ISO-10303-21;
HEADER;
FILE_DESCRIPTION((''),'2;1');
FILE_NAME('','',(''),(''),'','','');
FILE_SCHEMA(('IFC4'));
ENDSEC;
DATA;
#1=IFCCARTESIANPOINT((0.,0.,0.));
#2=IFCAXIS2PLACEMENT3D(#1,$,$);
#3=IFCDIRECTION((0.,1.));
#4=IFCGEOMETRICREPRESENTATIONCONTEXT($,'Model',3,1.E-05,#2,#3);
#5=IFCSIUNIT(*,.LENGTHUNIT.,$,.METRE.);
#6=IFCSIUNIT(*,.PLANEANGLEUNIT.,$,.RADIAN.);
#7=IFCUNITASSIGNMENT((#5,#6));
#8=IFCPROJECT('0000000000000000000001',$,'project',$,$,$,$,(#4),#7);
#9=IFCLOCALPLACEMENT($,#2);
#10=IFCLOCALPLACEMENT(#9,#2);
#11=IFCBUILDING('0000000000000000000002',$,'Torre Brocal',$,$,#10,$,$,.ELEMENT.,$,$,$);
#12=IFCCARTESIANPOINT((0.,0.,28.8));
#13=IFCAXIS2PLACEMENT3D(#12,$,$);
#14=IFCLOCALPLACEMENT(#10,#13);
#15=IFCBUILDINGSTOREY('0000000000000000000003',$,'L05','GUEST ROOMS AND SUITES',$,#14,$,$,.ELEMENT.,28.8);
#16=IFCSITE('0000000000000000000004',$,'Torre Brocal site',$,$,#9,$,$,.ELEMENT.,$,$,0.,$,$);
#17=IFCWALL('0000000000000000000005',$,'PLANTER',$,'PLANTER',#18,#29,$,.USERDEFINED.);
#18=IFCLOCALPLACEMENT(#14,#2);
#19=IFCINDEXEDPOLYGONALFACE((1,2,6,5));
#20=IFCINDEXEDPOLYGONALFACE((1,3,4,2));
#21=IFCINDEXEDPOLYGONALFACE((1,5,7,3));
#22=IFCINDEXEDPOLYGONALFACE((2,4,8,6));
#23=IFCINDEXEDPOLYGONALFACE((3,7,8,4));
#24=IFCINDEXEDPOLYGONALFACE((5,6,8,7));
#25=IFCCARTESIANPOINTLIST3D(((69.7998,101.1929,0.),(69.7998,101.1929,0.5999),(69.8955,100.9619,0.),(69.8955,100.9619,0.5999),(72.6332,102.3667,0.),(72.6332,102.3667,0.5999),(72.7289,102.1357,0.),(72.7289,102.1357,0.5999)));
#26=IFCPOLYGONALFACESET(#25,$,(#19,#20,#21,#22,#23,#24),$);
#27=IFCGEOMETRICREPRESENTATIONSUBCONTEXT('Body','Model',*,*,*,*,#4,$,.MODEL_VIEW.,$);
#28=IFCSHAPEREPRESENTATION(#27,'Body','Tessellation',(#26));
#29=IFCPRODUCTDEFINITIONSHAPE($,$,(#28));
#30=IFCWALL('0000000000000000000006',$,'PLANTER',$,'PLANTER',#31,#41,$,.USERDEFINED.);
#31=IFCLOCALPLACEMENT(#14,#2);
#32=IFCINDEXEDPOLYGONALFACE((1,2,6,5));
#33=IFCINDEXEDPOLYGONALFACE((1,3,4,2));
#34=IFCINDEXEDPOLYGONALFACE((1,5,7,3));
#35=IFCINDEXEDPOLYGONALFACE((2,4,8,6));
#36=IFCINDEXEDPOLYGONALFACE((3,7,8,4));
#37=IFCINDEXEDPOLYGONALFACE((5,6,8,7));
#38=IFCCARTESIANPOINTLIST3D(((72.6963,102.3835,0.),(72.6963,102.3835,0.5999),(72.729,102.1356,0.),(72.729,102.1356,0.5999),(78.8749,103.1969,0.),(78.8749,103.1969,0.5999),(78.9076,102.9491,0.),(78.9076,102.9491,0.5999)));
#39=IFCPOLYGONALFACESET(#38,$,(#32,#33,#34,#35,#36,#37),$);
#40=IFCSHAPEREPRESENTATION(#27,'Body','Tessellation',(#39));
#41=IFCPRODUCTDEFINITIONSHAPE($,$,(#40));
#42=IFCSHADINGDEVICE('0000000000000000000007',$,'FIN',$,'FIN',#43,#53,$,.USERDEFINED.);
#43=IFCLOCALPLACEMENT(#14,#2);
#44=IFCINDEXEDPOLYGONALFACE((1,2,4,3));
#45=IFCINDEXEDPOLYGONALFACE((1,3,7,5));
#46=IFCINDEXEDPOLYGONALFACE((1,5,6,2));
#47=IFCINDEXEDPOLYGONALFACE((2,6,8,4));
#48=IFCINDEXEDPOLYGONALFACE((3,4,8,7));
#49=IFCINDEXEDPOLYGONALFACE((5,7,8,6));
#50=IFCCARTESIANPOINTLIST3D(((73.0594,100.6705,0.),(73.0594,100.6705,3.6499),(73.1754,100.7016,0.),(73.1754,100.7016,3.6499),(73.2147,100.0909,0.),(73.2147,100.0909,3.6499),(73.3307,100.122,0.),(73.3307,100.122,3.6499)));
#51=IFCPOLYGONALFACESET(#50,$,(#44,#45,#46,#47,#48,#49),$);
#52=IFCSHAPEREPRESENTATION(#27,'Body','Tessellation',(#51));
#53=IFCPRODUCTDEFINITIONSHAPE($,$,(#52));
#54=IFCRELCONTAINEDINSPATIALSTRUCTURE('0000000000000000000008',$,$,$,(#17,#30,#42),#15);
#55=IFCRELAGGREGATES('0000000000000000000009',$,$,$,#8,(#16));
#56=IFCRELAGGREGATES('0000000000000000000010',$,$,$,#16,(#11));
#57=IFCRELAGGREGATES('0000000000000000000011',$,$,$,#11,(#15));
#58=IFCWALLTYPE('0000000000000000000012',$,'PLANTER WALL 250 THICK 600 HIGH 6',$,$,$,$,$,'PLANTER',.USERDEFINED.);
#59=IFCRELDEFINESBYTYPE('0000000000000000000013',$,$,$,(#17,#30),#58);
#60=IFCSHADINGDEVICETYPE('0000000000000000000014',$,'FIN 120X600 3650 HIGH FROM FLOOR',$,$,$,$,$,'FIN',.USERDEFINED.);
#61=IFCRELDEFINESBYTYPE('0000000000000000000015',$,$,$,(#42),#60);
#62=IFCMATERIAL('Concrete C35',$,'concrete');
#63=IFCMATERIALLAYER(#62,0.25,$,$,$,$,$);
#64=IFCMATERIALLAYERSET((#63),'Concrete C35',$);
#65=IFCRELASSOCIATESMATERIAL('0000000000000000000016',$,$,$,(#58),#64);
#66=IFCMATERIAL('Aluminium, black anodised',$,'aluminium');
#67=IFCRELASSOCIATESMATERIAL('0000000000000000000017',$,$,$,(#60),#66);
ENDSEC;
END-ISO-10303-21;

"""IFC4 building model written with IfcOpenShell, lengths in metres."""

from ifc_helpers import new_model, si_unit, direction, frame, frame_2d, origin, origin_2d, place, context, subcontext, project, spatial, rectangle, extrude, material, layer, layer_set, material_profile, profile_set, type_object, element, save


model = new_model("IFC4")

# Units and contexts
model_context = context("Model", 3, precision=1e-05, world=origin(), true_north=direction((0.0, 1.0)))
body_context = subcontext(model_context, "Body", "Model", "MODEL_VIEW")
ifc_project = project(units=[si_unit("LENGTHUNIT", "METRE"), si_unit("PLANEANGLEUNIT", "RADIAN")], contexts=[model_context])

# Site, building, storey
site_placement = place(None, origin())
site = spatial("IfcSite", under=ifc_project, at=site_placement, Name="Torre Brocal site", CompositionType="ELEMENT", RefElevation=0.0)
building_placement = place(site_placement, origin())
building = spatial("IfcBuilding", under=site, at=building_placement, Name="Torre Brocal", CompositionType="ELEMENT")
storey_placement = place(building_placement, frame((0.0, 0.0, 28.8)))
storey = spatial("IfcBuildingStorey", under=building, at=storey_placement, Name="L05", Description="GUEST ROOMS AND SUITES", CompositionType="ELEMENT", Elevation=28.8)

# Walls
ifc_material_1 = material(Name="Concrete C35", Category="concrete")
ifc_layer_1 = layer(ifc_material_1, 0.25)
ifc_layer_set_1 = layer_set([ifc_layer_1], Name="Concrete C35")
wall_type_1 = type_object("IfcWallType", Name="PLANTER WALL 250 THICK 600 HIGH 6", ElementType="PLANTER", PredefinedType="USERDEFINED", material=ifc_layer_set_1)
wall_1_placement = place(storey_placement, frame((69.8477, 101.0774, 0.0), z_axis=(0.0, 0.0, 1.0), x_axis=(0.923862, 0.382727, 0.0)))
element("IfcWall", 1, at=wall_1_placement, inside=storey, type_object=wall_type_1, Name="PLANTER", ObjectType="PLANTER", PredefinedType="USERDEFINED", context=body_context, shape_type="SweptSolid", body=[
    extrude(rectangle(XDim=3.0669, YDim=0.25, at=frame_2d((1.5334, 0.0))), origin(), (0.0, 0.0, 1.0), 0.5999),
])
wall_2_placement = place(storey_placement, frame((72.7126, 102.2595, 0.0), z_axis=(0.0, 0.0, 1.0), x_axis=(0.991444, 0.130532, 0.0)))
element("IfcWall", 2, at=wall_2_placement, inside=storey, type_object=wall_type_1, Name="PLANTER", ObjectType="PLANTER", PredefinedType="USERDEFINED", context=body_context, shape_type="SweptSolid", body=[
    extrude(rectangle(XDim=6.2319, YDim=0.25, at=frame_2d((3.116, 0.0))), origin(), (0.0, 0.0, 1.0), 0.5999),
])

# Shading device
ifc_material_2 = material(Name="Aluminium, black anodised", Category="aluminium")
ifc_material_profile_1 = material_profile(ifc_material_2, rectangle(XDim=0.1201, YDim=0.6001, at=origin_2d()), Name="FIN 120X600 3650 HIGH FROM FLOOR")
ifc_profile_set_1 = profile_set([ifc_material_profile_1], Name="Aluminium, black anodised")
shading_device_type = type_object("IfcShadingDeviceType", Name="FIN 120X600 3650 HIGH FROM FLOOR", ElementType="FIN", PredefinedType="USERDEFINED", material=ifc_profile_set_1)
shading_device_placement = place(storey_placement, frame((73.1951, 100.3962, 0.0), z_axis=(0.0, 0.0, 1.0), x_axis=(-0.965926, -0.258819, 0.0)))
element("IfcShadingDevice", 3, at=shading_device_placement, inside=storey, type_object=shading_device_type, Name="FIN", ObjectType="FIN", PredefinedType="USERDEFINED", context=body_context, shape_type="SweptSolid", body=[
    extrude(rectangle(XDim=0.1201, YDim=0.6001, at=origin_2d()), origin(), (0.0, 0.0, 1.0), 3.6499),
])

save(model, "model.ifc")
